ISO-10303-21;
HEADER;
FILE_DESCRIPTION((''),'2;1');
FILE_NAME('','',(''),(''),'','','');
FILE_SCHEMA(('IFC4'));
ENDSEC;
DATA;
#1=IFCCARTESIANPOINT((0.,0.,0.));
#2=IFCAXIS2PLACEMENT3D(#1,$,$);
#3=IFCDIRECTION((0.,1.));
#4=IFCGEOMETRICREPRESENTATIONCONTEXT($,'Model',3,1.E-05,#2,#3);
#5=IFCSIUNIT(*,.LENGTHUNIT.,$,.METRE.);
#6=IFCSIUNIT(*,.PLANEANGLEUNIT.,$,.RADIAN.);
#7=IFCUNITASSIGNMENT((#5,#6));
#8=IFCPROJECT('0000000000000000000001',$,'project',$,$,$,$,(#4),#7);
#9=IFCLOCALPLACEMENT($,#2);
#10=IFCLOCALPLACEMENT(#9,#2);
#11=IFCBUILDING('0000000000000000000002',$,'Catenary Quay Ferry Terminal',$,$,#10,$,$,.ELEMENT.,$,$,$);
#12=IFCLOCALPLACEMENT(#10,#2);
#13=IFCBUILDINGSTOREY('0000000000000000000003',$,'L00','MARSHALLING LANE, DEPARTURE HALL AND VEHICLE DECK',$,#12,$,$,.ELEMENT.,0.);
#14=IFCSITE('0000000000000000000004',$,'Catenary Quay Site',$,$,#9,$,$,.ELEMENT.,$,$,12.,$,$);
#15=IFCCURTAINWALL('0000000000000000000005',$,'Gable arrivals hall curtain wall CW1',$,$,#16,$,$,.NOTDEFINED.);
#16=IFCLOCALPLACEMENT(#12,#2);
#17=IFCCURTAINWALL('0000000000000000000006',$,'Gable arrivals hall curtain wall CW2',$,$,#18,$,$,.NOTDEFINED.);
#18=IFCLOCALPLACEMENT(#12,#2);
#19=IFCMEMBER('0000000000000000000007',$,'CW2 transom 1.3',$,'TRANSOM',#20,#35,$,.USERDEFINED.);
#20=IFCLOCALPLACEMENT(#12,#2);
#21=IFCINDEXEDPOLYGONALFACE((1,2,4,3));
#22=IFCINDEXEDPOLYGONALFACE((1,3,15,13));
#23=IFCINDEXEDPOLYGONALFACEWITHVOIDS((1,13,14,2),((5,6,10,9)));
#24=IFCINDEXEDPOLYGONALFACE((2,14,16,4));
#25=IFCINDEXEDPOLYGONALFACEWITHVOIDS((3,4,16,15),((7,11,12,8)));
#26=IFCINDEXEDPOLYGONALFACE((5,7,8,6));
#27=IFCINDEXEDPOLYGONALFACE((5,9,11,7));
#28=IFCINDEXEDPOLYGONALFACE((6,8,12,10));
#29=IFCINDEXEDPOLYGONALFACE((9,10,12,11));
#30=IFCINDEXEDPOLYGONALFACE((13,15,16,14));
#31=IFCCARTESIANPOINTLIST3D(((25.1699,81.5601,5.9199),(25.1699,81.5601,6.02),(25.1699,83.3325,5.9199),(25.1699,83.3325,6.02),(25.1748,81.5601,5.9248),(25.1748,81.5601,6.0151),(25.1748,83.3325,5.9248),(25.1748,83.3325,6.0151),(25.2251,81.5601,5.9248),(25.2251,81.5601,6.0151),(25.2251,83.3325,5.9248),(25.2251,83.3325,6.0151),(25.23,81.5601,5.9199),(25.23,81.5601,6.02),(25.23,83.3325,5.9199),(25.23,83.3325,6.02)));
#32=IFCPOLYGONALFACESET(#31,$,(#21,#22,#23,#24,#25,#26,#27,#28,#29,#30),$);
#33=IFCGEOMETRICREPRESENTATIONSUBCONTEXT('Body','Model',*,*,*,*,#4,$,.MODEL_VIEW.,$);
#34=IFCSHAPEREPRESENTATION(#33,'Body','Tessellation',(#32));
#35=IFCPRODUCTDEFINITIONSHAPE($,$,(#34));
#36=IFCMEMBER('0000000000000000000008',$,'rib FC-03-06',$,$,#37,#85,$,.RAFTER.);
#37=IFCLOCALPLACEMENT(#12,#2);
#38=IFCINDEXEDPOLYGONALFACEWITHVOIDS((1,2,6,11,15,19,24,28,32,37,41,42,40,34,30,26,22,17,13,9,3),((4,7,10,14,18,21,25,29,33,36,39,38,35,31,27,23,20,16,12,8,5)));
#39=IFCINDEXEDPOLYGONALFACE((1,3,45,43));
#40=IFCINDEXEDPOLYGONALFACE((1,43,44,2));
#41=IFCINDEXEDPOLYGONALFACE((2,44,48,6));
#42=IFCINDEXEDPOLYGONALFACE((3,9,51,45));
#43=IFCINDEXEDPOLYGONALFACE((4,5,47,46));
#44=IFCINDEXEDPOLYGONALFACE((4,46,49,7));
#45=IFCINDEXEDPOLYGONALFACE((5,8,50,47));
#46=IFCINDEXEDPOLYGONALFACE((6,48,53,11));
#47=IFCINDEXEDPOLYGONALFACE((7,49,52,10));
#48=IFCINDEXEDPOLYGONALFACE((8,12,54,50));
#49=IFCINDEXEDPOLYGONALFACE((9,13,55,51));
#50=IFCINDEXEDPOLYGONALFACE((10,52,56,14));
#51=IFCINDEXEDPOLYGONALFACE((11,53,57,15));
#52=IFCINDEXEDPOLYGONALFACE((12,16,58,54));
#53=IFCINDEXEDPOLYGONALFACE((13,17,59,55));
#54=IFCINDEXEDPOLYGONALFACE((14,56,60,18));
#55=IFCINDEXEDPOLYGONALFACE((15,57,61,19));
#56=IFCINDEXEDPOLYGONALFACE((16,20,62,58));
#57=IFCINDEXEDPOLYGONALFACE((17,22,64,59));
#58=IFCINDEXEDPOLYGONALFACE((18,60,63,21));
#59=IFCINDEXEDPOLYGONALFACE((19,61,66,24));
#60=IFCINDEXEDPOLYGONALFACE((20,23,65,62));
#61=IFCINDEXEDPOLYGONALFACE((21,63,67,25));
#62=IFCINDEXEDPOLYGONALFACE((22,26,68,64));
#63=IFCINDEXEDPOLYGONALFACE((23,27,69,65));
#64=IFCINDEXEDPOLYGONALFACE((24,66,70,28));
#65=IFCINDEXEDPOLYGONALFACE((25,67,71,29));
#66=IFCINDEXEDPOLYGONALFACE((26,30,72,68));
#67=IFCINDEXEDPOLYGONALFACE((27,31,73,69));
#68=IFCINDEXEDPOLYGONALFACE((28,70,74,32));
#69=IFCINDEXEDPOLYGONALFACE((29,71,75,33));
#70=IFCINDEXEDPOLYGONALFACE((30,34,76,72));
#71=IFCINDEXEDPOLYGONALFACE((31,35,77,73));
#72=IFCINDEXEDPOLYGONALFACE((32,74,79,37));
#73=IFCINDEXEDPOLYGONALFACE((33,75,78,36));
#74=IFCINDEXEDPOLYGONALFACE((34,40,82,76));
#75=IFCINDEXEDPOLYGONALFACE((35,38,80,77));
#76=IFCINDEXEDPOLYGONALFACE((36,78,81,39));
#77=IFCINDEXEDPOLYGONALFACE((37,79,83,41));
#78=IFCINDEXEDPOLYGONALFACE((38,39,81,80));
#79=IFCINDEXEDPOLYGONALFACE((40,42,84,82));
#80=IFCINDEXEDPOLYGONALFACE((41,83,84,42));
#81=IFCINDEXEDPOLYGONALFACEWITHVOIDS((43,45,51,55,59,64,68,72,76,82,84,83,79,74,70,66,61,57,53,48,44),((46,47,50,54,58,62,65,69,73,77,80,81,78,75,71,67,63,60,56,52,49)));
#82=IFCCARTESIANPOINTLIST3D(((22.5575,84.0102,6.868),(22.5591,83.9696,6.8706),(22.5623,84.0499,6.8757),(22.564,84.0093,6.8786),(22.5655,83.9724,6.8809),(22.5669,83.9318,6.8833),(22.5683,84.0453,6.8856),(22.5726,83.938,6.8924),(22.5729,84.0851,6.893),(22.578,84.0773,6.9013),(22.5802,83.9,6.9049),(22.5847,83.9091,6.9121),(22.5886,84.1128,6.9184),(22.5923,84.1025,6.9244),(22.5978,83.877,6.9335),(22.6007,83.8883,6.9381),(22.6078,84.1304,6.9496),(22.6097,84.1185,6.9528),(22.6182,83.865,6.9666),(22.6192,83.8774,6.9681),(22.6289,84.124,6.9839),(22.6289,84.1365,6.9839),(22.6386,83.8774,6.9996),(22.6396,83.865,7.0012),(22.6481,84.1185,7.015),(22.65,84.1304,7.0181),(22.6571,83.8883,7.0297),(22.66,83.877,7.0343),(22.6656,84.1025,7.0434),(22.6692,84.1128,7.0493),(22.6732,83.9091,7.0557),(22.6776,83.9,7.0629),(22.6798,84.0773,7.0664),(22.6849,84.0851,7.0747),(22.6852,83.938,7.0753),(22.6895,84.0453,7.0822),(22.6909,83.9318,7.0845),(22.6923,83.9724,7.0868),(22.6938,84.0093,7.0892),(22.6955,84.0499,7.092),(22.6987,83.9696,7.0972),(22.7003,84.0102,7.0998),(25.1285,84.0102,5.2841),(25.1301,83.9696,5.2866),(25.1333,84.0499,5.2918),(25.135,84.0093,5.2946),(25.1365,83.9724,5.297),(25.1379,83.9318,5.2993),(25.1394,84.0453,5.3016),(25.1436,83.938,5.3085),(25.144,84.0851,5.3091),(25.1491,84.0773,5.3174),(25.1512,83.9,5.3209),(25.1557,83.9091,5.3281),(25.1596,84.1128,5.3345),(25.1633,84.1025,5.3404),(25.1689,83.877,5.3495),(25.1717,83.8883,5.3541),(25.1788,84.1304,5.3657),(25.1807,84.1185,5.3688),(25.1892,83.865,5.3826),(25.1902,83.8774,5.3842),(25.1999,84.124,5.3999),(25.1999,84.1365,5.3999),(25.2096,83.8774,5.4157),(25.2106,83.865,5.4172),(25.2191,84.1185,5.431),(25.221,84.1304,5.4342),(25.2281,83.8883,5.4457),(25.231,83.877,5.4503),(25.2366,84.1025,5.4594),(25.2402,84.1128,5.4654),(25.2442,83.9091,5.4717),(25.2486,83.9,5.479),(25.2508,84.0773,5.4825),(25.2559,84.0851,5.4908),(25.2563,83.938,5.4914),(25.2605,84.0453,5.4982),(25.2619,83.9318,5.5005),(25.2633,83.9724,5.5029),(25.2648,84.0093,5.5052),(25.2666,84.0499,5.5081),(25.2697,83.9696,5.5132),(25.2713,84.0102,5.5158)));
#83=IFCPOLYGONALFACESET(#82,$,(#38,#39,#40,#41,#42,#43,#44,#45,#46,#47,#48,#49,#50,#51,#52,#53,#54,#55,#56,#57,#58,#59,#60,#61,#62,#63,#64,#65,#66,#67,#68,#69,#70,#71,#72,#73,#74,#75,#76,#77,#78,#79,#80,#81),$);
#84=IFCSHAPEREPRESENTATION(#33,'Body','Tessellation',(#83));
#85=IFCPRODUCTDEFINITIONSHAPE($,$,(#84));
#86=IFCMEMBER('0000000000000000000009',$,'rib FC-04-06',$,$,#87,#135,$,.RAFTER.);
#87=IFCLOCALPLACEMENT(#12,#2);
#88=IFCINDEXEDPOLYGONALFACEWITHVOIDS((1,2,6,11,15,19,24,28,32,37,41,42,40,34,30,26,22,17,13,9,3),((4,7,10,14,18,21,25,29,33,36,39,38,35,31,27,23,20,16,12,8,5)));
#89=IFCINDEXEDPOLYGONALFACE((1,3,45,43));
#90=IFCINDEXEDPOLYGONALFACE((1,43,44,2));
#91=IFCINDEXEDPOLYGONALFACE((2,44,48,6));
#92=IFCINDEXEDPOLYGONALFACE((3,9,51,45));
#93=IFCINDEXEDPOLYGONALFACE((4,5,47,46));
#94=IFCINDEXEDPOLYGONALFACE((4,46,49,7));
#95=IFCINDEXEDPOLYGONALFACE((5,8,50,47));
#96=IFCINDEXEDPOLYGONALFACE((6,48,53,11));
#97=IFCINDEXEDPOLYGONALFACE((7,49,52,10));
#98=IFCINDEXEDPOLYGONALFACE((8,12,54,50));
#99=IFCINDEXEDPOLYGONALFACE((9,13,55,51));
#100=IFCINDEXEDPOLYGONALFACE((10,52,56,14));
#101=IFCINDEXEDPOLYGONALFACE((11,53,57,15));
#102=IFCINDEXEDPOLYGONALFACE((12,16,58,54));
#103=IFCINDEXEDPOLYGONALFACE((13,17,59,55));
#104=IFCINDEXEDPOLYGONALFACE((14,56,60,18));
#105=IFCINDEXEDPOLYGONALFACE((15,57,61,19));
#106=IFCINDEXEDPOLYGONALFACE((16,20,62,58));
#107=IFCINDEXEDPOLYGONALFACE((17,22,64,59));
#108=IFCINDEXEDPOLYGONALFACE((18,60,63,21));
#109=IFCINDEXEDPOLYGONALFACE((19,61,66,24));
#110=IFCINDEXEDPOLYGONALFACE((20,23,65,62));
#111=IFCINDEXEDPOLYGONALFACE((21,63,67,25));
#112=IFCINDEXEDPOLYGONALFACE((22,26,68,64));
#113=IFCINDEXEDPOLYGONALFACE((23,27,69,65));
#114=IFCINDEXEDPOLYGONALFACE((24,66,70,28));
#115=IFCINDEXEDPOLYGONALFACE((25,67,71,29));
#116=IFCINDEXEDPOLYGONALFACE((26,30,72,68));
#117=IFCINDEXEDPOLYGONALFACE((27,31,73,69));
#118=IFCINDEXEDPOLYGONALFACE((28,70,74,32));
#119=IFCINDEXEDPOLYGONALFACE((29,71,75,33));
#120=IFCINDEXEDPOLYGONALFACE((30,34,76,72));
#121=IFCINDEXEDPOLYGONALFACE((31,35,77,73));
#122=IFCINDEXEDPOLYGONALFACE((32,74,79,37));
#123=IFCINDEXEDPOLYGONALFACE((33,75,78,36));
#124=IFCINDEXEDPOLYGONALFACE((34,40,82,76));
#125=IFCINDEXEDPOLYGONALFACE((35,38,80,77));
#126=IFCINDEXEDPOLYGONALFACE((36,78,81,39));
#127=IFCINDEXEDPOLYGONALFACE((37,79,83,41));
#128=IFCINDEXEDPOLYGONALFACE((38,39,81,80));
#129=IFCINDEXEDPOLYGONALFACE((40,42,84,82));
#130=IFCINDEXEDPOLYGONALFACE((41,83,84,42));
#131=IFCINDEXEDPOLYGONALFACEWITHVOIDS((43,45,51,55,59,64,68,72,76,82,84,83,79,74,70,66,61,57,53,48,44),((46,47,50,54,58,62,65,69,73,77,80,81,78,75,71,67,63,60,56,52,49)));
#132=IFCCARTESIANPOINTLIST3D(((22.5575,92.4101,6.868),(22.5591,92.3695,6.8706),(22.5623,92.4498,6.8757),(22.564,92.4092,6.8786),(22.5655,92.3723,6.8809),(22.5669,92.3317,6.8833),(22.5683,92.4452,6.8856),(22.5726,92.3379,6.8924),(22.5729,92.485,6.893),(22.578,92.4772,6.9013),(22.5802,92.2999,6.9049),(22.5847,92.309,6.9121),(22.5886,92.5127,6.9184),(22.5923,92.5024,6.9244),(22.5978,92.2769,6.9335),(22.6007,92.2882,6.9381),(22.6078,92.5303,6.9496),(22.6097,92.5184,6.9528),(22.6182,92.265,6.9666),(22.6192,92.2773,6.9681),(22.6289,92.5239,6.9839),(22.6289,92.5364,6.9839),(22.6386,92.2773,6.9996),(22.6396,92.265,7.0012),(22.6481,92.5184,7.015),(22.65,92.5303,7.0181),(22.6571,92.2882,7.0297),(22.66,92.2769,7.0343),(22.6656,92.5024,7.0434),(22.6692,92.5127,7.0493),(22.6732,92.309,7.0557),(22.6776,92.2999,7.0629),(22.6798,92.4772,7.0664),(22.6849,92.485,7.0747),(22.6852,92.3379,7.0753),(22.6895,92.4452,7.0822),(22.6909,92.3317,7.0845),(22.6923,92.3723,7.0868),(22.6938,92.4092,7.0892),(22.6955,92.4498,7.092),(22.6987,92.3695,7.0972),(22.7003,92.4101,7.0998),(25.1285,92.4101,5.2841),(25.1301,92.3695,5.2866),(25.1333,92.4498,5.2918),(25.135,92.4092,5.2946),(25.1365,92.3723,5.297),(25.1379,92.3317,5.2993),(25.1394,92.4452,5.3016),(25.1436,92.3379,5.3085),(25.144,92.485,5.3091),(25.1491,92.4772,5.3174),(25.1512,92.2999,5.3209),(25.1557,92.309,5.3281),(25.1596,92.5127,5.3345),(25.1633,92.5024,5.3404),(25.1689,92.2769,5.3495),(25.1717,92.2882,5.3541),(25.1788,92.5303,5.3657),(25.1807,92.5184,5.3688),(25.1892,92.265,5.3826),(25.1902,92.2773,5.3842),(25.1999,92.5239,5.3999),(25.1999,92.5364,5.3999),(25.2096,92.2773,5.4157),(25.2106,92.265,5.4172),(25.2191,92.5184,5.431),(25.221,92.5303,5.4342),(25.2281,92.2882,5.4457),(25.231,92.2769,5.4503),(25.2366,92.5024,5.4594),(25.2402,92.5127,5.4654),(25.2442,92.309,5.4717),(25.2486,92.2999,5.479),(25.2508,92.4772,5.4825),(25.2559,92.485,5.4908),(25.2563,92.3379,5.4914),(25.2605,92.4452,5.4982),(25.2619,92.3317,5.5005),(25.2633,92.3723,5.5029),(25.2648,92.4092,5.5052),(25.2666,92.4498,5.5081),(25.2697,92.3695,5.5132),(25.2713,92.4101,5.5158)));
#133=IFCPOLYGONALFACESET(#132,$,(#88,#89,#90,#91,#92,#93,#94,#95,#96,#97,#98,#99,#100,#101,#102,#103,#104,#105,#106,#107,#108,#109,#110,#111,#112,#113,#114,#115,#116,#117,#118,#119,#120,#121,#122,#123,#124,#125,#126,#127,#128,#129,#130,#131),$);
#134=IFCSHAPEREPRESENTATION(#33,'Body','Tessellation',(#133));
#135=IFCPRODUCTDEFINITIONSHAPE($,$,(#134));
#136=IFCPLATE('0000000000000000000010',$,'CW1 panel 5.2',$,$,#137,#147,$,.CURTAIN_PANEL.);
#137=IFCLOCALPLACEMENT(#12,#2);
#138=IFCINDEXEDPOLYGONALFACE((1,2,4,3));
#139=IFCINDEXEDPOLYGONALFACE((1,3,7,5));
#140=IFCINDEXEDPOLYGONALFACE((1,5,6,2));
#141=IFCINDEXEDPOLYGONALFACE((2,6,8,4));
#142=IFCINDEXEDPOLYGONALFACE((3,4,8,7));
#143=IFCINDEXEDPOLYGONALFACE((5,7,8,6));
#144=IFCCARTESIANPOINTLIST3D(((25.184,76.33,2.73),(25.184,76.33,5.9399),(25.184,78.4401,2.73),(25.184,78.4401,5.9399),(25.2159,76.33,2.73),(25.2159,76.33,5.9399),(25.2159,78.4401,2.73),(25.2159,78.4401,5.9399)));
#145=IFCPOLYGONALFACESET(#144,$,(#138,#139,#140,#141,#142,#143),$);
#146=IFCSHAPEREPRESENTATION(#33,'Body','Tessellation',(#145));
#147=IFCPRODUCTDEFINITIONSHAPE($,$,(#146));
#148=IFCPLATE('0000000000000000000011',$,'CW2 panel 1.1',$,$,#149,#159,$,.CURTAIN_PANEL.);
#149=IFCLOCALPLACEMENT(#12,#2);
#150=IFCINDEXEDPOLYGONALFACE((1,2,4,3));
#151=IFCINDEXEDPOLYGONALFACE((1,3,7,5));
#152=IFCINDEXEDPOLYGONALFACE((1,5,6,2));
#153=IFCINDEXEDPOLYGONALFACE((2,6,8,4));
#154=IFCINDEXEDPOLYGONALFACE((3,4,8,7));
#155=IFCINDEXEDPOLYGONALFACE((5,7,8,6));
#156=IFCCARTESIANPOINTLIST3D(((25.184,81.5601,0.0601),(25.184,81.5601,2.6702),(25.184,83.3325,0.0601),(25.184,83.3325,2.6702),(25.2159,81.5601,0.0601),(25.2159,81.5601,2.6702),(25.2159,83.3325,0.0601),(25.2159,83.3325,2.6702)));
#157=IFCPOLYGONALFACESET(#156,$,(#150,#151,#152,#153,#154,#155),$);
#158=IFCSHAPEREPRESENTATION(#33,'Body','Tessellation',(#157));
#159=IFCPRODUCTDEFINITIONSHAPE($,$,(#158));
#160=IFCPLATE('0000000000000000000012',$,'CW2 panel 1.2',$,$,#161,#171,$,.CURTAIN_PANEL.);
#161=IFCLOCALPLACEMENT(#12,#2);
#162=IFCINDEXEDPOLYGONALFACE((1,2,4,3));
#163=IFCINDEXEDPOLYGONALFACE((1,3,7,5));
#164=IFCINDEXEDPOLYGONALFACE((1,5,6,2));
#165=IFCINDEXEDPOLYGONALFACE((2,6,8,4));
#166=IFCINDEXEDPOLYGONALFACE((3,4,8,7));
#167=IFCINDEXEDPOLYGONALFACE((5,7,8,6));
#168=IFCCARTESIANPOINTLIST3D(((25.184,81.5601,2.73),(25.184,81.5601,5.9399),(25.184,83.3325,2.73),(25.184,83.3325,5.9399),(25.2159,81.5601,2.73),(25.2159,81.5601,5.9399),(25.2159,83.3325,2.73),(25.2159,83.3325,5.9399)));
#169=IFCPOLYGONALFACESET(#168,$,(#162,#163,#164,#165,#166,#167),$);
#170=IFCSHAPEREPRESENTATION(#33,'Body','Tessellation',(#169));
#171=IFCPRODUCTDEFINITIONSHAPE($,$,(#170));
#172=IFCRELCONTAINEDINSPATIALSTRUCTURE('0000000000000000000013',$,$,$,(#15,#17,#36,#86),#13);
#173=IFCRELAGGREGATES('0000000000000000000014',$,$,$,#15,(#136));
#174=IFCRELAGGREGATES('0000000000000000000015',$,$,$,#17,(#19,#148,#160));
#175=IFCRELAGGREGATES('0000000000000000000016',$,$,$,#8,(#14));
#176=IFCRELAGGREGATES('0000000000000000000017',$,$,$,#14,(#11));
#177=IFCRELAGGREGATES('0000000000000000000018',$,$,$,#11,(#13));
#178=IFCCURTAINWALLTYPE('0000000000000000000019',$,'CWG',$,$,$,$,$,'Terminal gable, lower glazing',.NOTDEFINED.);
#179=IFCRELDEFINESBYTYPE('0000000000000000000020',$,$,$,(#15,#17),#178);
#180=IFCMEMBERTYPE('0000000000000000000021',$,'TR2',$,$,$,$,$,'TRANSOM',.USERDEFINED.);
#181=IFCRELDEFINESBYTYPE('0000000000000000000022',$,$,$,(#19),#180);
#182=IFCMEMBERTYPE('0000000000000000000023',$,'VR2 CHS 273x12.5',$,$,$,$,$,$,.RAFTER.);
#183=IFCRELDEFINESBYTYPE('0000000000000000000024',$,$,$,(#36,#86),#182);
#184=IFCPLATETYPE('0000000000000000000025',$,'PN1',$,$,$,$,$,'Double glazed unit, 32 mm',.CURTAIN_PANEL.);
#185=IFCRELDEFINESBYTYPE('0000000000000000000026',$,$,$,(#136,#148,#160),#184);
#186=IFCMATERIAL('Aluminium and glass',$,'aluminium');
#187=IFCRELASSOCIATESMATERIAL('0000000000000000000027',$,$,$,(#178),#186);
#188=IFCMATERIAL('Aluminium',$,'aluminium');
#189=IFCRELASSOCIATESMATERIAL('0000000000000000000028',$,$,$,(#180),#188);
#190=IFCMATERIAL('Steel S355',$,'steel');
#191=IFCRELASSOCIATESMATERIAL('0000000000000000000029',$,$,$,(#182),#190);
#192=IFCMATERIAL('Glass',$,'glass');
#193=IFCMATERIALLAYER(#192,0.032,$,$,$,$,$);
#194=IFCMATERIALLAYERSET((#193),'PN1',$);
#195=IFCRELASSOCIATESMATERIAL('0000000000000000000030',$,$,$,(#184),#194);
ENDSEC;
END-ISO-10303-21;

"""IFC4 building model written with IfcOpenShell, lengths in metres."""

from ifc_helpers import new_model, si_unit, direction, frame, origin, origin_2d, place, context, subcontext, project, spatial, rectangle, hollow_rectangle, hollow_circle, extrude, material, layer, layer_set, material_profile, profile_set, type_object, element, aggregate, save


model = new_model("IFC4")

# Units and contexts
model_context = context("Model", 3, precision=1e-05, world=origin(), true_north=direction((0.0, 1.0)))
body_context = subcontext(model_context, "Body", "Model", "MODEL_VIEW")
ifc_project = project(units=[si_unit("LENGTHUNIT", "METRE"), si_unit("PLANEANGLEUNIT", "RADIAN")], contexts=[model_context])

# Site, building, storey
site_placement = place(None, origin())
site = spatial("IfcSite", under=ifc_project, at=site_placement, Name="Catenary Quay Site", CompositionType="ELEMENT", RefElevation=12.0)
building_placement = place(site_placement, origin())
building = spatial("IfcBuilding", under=site, at=building_placement, Name="Catenary Quay Ferry Terminal", CompositionType="ELEMENT")
storey_placement = place(building_placement, origin())
storey = spatial("IfcBuildingStorey", under=building, at=storey_placement, Name="L00", Description="MARSHALLING LANE, DEPARTURE HALL AND VEHICLE DECK", CompositionType="ELEMENT", Elevation=0.0)

# Curtain wall
ifc_material_1 = material(Name="Aluminium and glass", Category="aluminium")
curtain_wall_type = type_object("IfcCurtainWallType", Name="CWG", ElementType="Terminal gable, lower glazing", PredefinedType="NOTDEFINED", material=ifc_material_1)
curtain_wall_1_placement = place(storey_placement, origin())
curtain_wall_1 = element("IfcCurtainWall", 1, at=curtain_wall_1_placement, inside=storey, type_object=curtain_wall_type, Name="Gable arrivals hall curtain wall CW1", PredefinedType="NOTDEFINED")

# Curtain wall, member
curtain_wall_2_placement = place(storey_placement, origin())
curtain_wall_2 = element("IfcCurtainWall", 2, at=curtain_wall_2_placement, inside=storey, type_object=curtain_wall_type, Name="Gable arrivals hall curtain wall CW2", PredefinedType="NOTDEFINED")
ifc_material_2 = material(Name="Aluminium", Category="aluminium")
ifc_material_profile_1 = material_profile(ifc_material_2, hollow_rectangle(XDim=0.0601, YDim=0.1001, WallThickness=0.0049, at=origin_2d()), Name="TR2")
ifc_profile_set_1 = profile_set([ifc_material_profile_1], Name="Aluminium")
member_type_1 = type_object("IfcMemberType", Name="TR2", ElementType="TRANSOM", PredefinedType="USERDEFINED", material=ifc_profile_set_1)
member_1_placement = place(storey_placement, frame((25.2, 81.5601, 5.97), z_axis=(0.0, 1.0, 0.0), x_axis=(-1.0, 0.0, 0.0)))
member_1 = element("IfcMember", 3, at=member_1_placement, type_object=member_type_1, Name="CW2 transom 1.3", ObjectType="TRANSOM", PredefinedType="USERDEFINED", context=body_context, shape_type="SweptSolid", body=[
    extrude(hollow_rectangle(XDim=0.0601, YDim=0.1001, WallThickness=0.0049, at=origin_2d()), origin(), (0.0, 0.0, 1.0), 1.7725),
])

# Members
ifc_material_3 = material(Name="Steel S355", Category="steel")
ifc_material_profile_2 = material_profile(ifc_material_3, hollow_circle(Radius=0.1365, WallThickness=0.0125, at=origin_2d()), Name="CHS 273x12.5")
ifc_profile_set_2 = profile_set([ifc_material_profile_2], Name="Steel S355")
member_type_2 = type_object("IfcMemberType", Name="VR2 CHS 273x12.5", PredefinedType="RAFTER", material=ifc_profile_set_2)
for number, where, z_axis, x_axis, name in (
    (4, (22.6289, 84.0, 6.9839), (0.851392, 0.0, -0.52453), (0.0, 1.0, 0.0), "rib FC-03-06"),
    (5, (22.6289, 92.3999, 6.9839), (0.851392, 0.0, -0.52453), (0.0, 1.0, 0.0), "rib FC-04-06"),
):
    element("IfcMember", number, at=place(storey_placement, frame(where, z_axis=z_axis, x_axis=x_axis)), inside=storey, type_object=member_type_2, Name=name, PredefinedType="RAFTER", context=body_context, shape_type="SweptSolid", body=[
        extrude(hollow_circle(Radius=0.1365, WallThickness=0.0125, at=origin_2d()), origin(), (0.0, 0.0, 1.0), 3.0198),
    ])

# Plates
ifc_material_4 = material(Name="Glass", Category="glass")
ifc_layer_1 = layer(ifc_material_4, 0.032)
ifc_layer_set_1 = layer_set([ifc_layer_1], Name="PN1")
plate_type = type_object("IfcPlateType", Name="PN1", ElementType="Double glazed unit, 32 mm", PredefinedType="CURTAIN_PANEL", material=ifc_layer_set_1)
plate_1_placement = place(storey_placement, frame((25.2, 77.385, 2.73), z_axis=(0.0, 0.0, 1.0), x_axis=(0.0, 1.0, 0.0)))
plate_1 = element("IfcPlate", 6, at=plate_1_placement, type_object=plate_type, Name="CW1 panel 5.2", PredefinedType="CURTAIN_PANEL", context=body_context, shape_type="SweptSolid", body=[
    extrude(rectangle(XDim=2.1101, YDim=0.032, at=origin_2d()), origin(), (0.0, 0.0, 1.0), 3.21),
])
aggregate(curtain_wall_1, [plate_1])
plate_2_placement = place(storey_placement, frame((25.2, 82.4463, 0.0601), z_axis=(0.0, 0.0, 1.0), x_axis=(0.0, 1.0, 0.0)))
plate_2 = element("IfcPlate", 7, at=plate_2_placement, type_object=plate_type, Name="CW2 panel 1.1", PredefinedType="CURTAIN_PANEL", context=body_context, shape_type="SweptSolid", body=[
    extrude(rectangle(XDim=1.7725, YDim=0.032, at=origin_2d()), origin(), (0.0, 0.0, 1.0), 2.6101),
])
plate_3_placement = place(storey_placement, frame((25.2, 82.4463, 2.73), z_axis=(0.0, 0.0, 1.0), x_axis=(0.0, 1.0, 0.0)))
plate_3 = element("IfcPlate", 8, at=plate_3_placement, type_object=plate_type, Name="CW2 panel 1.2", PredefinedType="CURTAIN_PANEL", context=body_context, shape_type="SweptSolid", body=[
    extrude(rectangle(XDim=1.7725, YDim=0.032, at=origin_2d()), origin(), (0.0, 0.0, 1.0), 3.21),
])
aggregate(curtain_wall_2, [member_1, plate_2, plate_3])

save(model, "model.ifc")
